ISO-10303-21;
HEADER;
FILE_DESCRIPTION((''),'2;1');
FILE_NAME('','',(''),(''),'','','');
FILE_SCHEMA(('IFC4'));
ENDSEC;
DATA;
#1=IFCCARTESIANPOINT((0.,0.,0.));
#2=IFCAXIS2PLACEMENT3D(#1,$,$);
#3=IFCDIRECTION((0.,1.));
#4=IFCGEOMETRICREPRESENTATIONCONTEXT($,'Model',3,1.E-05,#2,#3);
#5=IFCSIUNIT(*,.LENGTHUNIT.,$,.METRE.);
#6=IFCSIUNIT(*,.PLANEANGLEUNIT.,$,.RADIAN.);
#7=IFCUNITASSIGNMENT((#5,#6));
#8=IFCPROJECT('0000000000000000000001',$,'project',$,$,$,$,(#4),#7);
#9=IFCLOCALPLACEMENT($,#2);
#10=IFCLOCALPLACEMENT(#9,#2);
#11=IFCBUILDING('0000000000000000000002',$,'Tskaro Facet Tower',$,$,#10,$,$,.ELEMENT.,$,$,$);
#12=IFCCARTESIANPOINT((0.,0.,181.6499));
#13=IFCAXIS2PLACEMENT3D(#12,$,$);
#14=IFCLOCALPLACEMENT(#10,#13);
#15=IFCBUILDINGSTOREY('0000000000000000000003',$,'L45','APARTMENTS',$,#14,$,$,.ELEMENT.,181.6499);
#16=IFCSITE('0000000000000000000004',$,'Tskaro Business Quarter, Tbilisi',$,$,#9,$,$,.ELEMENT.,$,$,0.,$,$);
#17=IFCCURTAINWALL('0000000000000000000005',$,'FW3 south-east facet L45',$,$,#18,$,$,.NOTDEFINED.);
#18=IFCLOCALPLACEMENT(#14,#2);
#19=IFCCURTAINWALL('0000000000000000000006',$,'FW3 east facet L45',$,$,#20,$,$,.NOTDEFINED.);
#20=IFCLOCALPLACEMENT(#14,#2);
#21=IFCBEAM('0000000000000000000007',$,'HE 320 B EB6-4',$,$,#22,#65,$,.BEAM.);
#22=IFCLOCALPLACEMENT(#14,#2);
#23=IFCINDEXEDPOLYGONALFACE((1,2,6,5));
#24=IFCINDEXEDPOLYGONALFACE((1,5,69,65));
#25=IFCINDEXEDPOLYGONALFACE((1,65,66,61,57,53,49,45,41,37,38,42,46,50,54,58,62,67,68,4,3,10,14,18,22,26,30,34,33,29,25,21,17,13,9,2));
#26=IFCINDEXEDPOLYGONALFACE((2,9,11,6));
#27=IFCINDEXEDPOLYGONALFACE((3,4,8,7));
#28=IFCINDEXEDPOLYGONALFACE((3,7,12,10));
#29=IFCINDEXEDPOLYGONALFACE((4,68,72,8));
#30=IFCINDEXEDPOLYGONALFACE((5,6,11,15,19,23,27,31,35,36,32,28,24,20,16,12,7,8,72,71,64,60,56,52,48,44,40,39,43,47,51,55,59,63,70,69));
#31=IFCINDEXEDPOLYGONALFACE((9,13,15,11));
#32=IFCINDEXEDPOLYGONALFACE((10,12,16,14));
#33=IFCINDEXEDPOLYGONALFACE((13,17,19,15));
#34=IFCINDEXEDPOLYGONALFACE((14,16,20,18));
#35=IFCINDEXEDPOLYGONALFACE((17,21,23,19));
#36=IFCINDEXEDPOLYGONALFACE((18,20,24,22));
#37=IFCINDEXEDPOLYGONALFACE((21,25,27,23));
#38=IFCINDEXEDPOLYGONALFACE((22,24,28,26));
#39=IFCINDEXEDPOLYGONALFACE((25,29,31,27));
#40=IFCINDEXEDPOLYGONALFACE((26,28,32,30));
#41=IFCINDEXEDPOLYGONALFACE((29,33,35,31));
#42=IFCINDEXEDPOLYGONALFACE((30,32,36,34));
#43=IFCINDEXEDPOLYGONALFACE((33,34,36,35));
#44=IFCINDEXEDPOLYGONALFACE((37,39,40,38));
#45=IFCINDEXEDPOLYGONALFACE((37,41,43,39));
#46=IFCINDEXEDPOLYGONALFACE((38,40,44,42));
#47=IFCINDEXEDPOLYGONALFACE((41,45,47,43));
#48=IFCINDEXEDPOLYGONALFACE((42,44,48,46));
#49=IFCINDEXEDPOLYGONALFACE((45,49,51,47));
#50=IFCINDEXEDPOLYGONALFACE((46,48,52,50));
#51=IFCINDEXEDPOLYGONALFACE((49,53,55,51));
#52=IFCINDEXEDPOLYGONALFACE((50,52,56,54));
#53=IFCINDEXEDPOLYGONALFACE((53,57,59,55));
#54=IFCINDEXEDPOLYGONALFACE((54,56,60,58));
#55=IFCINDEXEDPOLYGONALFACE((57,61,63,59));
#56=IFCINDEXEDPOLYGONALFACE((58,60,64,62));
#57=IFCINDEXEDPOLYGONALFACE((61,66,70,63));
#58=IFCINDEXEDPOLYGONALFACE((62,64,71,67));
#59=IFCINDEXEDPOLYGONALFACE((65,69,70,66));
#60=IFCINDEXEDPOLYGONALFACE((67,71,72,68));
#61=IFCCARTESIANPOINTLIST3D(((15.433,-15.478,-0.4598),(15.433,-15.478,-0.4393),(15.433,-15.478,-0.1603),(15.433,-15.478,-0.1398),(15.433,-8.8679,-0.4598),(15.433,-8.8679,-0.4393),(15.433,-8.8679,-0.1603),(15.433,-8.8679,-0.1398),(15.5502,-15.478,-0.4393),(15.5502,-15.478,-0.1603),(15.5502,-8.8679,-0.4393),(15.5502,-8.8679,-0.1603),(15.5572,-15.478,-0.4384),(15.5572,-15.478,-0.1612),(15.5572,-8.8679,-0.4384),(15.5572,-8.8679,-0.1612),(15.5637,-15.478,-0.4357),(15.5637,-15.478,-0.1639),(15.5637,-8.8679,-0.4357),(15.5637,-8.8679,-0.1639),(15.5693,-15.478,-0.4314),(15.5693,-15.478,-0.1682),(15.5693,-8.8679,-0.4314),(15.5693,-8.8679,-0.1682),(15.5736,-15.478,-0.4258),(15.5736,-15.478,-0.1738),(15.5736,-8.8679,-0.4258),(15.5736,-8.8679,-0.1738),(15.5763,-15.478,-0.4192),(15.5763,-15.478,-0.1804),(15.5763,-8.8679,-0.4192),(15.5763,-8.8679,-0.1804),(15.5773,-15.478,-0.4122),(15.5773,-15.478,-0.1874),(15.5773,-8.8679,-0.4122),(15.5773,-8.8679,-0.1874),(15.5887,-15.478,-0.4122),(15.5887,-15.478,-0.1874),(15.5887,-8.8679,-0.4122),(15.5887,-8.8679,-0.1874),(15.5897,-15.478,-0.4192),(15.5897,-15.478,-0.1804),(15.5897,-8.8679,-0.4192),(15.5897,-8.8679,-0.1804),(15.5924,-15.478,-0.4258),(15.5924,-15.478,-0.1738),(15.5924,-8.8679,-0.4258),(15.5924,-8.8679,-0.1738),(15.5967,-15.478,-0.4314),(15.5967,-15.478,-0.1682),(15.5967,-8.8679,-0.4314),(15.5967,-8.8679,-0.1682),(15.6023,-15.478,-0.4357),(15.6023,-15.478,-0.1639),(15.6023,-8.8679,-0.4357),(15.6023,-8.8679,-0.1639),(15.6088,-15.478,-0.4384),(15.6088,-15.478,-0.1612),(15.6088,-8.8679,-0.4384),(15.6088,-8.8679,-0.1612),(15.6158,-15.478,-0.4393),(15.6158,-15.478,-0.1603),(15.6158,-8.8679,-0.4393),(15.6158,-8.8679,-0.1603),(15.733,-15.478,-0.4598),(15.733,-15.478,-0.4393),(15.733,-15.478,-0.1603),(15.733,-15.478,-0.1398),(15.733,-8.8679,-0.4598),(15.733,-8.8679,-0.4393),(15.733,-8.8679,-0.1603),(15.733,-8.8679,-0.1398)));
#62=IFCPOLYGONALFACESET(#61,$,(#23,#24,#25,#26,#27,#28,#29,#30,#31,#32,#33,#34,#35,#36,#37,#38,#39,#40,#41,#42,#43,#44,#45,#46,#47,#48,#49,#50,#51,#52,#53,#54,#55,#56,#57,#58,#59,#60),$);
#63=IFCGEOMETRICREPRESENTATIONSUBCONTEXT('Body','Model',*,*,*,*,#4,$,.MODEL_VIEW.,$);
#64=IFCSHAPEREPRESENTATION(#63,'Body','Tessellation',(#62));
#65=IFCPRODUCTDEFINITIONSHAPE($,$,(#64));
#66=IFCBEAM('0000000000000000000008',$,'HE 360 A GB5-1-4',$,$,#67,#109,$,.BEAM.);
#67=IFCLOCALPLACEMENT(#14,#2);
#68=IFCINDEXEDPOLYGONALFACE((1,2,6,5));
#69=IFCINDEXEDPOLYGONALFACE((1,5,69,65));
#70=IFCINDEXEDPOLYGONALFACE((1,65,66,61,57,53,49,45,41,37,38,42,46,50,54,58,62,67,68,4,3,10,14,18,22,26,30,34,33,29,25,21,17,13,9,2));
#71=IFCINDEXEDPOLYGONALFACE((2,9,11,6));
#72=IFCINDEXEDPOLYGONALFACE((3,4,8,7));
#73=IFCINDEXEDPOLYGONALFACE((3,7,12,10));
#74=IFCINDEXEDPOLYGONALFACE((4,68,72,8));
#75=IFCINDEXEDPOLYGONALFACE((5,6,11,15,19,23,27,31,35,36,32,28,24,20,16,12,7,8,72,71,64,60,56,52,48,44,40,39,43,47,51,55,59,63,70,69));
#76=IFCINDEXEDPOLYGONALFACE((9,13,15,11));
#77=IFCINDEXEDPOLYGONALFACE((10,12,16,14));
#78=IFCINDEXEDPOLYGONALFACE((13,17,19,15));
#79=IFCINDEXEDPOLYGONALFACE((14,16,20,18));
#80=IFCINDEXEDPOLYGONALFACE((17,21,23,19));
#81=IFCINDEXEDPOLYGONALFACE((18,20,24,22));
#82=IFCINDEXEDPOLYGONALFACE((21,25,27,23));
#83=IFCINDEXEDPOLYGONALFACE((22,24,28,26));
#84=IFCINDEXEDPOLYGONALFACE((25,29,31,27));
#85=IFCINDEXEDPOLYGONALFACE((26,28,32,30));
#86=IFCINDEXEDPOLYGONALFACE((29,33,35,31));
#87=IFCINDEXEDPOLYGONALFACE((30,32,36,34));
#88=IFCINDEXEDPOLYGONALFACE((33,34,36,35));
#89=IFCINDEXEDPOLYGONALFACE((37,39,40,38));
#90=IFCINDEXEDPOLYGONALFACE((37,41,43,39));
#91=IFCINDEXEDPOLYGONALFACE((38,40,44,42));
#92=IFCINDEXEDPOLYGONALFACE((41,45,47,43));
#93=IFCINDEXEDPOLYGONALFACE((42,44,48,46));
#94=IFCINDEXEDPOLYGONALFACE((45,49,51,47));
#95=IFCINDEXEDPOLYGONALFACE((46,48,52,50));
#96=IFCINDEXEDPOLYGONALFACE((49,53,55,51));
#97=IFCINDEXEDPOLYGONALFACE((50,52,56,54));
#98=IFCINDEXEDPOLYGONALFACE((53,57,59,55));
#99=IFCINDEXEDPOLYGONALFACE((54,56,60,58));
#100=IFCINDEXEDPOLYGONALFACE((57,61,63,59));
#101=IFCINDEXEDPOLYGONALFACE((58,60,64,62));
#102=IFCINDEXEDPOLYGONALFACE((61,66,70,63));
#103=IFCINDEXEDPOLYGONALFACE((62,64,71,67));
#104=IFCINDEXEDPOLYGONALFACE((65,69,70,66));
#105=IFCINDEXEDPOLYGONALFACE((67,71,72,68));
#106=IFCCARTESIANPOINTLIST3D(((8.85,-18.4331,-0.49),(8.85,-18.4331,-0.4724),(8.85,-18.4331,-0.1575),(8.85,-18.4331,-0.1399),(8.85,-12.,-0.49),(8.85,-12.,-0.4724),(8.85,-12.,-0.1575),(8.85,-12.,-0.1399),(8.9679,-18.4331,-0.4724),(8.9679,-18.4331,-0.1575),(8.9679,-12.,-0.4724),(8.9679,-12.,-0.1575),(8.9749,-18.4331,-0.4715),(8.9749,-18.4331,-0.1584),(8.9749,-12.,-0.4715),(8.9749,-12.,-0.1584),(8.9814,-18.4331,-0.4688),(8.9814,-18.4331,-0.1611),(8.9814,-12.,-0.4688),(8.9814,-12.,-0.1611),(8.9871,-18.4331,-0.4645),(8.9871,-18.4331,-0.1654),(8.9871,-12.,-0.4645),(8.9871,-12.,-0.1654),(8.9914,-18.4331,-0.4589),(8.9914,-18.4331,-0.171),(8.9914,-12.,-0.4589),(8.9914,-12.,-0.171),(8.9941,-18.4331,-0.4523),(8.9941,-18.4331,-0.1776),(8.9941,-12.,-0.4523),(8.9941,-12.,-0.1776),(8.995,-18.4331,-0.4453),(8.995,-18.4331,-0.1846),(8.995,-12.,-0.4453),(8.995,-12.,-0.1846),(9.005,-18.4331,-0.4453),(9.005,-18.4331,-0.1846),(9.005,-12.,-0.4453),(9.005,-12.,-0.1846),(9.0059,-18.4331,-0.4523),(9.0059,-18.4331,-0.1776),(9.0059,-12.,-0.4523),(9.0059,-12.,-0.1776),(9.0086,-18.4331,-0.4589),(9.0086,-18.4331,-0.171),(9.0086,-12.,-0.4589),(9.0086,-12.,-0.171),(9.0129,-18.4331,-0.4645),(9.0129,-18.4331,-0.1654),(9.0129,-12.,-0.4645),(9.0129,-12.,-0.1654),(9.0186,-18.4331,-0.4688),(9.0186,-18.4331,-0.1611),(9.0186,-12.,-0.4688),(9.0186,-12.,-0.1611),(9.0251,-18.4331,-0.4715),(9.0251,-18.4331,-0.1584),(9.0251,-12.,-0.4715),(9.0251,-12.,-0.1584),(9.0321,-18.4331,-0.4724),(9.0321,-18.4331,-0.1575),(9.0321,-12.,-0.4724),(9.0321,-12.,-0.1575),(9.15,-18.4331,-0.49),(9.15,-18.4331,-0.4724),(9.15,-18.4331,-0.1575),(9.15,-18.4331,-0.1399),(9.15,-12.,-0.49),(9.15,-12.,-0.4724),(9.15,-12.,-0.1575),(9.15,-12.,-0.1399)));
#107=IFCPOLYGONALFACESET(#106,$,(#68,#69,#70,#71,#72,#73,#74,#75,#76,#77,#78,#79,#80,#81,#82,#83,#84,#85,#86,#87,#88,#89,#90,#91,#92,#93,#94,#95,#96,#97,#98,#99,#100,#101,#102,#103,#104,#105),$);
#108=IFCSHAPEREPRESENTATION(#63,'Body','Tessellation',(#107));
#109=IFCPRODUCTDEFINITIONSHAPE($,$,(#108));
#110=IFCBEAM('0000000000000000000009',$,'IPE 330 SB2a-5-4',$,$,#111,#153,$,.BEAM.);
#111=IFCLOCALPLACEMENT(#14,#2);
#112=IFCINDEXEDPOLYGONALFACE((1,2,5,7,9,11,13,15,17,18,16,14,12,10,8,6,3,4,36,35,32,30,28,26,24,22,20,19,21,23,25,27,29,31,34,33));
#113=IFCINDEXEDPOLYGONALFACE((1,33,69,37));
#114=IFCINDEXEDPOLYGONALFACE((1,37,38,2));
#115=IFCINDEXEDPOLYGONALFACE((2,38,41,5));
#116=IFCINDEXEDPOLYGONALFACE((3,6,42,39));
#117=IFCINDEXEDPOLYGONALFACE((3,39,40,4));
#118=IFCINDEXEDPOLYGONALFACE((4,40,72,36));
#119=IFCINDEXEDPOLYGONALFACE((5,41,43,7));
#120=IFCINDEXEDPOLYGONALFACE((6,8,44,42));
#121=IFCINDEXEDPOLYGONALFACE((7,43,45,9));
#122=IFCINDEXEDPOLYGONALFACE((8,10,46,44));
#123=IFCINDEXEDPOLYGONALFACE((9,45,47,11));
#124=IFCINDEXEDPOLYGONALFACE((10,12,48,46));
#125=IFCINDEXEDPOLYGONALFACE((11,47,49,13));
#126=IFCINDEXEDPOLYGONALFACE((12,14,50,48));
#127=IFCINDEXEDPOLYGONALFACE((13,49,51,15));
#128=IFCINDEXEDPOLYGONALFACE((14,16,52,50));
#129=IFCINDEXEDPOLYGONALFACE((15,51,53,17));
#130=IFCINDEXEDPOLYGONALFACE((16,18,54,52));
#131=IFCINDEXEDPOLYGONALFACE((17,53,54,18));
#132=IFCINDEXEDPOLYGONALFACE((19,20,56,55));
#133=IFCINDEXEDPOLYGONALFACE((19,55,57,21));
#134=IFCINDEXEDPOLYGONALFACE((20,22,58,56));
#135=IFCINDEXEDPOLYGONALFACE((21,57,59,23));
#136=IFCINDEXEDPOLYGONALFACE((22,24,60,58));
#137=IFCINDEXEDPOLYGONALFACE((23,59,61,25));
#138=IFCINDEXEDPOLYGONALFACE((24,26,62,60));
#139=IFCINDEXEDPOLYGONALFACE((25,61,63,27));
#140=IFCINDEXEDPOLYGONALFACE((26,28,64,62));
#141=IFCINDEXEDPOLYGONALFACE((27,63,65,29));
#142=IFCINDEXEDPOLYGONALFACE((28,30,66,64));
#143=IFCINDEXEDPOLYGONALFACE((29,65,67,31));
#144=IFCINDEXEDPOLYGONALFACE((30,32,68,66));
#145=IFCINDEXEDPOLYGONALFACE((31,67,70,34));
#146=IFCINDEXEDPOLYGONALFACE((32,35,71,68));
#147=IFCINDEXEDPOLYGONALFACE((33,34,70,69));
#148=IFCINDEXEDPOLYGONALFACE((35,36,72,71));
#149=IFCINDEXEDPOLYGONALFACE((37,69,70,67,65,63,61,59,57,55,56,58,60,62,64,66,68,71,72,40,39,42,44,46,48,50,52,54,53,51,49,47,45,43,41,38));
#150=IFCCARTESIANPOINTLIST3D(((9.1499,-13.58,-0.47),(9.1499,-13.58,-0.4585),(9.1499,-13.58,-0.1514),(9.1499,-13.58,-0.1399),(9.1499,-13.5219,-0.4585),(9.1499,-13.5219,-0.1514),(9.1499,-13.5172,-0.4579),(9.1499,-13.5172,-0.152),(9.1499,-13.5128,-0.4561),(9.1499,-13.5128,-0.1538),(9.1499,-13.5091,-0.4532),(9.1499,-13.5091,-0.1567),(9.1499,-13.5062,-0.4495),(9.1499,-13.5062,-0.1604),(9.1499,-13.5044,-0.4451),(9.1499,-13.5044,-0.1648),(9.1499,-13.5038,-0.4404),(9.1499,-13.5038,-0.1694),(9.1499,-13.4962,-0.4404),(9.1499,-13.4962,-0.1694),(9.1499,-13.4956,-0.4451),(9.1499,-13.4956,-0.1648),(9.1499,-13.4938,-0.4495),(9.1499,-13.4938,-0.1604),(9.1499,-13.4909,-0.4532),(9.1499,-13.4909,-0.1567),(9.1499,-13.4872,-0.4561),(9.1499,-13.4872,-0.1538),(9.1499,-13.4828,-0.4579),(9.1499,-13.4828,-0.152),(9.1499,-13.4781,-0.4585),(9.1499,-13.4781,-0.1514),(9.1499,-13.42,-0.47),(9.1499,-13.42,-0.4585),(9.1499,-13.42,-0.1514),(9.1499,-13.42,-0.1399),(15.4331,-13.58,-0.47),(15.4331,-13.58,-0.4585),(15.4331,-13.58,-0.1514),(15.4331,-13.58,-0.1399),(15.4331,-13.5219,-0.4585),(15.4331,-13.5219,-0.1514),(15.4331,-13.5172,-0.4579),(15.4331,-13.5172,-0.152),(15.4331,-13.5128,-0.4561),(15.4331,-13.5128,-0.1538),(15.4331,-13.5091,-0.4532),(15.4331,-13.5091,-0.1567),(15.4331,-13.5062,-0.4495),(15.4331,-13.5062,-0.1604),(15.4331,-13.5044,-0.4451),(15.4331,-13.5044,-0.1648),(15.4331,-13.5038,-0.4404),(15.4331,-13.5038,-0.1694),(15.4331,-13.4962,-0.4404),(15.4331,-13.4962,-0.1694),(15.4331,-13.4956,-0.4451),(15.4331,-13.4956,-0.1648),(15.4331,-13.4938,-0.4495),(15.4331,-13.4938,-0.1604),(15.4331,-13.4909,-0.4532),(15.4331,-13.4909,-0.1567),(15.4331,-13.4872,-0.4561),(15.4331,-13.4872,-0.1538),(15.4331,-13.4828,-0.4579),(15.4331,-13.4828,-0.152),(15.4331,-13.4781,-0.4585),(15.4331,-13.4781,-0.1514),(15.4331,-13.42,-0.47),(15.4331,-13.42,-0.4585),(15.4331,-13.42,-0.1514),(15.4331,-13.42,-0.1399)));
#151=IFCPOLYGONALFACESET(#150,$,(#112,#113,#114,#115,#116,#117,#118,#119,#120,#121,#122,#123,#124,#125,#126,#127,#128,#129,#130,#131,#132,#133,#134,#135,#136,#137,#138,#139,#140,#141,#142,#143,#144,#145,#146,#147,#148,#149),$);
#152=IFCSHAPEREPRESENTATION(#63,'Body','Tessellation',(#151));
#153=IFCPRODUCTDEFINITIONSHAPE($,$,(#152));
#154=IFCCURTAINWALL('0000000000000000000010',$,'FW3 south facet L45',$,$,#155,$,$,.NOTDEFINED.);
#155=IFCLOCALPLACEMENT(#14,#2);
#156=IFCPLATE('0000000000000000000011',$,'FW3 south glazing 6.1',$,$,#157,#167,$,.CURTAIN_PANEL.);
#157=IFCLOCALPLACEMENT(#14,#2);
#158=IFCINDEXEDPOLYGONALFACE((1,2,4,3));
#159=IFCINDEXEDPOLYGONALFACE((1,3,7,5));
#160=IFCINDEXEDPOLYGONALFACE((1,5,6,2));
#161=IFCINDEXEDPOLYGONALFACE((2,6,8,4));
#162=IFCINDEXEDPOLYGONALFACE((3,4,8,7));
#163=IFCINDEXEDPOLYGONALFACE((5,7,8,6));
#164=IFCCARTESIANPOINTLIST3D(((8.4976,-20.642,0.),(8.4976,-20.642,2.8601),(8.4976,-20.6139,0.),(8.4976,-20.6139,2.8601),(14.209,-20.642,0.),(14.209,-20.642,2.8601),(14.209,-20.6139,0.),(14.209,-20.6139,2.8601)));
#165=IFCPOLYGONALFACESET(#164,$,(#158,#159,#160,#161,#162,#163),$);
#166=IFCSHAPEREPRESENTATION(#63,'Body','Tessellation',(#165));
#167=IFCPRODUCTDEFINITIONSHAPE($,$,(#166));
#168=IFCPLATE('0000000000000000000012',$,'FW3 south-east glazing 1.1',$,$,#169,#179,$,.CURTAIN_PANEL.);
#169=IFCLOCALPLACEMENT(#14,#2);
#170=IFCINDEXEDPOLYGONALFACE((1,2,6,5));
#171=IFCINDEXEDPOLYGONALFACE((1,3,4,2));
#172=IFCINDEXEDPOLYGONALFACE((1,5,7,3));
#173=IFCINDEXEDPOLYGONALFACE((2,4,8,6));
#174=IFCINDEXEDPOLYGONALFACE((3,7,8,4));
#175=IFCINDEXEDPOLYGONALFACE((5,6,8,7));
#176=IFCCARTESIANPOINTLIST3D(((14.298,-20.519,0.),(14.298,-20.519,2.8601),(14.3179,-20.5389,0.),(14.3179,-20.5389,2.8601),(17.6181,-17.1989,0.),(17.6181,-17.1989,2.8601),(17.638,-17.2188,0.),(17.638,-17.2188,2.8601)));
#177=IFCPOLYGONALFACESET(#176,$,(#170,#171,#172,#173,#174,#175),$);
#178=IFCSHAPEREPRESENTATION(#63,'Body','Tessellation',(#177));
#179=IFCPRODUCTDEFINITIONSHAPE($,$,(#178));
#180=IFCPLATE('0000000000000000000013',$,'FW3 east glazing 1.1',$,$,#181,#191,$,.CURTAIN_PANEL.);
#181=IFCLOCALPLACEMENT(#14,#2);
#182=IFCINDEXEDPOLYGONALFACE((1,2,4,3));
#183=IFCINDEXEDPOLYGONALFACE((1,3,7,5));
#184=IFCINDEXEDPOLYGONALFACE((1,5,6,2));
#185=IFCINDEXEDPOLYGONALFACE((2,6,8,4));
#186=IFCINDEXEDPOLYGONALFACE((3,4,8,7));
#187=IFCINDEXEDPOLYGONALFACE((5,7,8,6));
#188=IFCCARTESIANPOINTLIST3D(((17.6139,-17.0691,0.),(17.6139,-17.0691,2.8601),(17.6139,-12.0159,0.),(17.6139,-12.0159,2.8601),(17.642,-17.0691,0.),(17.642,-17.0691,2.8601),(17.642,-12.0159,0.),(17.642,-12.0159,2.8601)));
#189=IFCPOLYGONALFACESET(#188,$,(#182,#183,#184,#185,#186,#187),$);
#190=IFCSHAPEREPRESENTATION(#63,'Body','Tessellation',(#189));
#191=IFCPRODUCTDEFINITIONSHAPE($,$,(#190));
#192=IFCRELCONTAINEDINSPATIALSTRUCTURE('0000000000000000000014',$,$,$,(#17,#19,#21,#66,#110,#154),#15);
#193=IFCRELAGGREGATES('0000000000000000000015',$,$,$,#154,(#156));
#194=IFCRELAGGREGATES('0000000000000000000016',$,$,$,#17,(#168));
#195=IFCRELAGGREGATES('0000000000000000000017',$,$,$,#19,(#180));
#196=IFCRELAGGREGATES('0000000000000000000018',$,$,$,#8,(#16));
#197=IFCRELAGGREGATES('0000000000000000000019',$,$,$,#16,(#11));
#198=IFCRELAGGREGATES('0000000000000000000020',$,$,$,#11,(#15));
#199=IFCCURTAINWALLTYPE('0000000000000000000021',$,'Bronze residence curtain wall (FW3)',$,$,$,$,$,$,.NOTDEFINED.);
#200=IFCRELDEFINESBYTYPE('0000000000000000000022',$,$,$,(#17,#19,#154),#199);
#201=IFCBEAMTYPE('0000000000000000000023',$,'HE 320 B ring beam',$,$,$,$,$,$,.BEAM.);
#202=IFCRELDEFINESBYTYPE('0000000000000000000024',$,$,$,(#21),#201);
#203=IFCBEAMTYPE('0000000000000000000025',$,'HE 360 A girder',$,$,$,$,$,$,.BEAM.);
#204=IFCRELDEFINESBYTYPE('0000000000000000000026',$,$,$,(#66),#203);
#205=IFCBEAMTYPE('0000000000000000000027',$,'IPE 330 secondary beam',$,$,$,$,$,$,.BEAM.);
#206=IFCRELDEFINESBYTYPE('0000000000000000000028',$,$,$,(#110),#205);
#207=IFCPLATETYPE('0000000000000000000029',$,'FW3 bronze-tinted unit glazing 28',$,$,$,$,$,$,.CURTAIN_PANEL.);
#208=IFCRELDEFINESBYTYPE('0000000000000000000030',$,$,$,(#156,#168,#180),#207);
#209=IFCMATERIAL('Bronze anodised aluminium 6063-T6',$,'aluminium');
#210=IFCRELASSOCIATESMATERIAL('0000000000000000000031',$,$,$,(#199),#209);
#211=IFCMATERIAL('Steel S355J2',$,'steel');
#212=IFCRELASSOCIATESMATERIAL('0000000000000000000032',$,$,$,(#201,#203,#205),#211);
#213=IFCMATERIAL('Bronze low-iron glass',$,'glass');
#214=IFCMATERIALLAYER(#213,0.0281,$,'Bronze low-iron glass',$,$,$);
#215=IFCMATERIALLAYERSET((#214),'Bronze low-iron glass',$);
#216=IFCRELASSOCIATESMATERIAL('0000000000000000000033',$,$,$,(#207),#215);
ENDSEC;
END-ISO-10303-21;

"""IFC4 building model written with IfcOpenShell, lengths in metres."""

from ifc_helpers import new_model, si_unit, direction, frame, origin, origin_2d, place, context, subcontext, project, spatial, rectangle, i_section, extrude, material, layer, layer_set, material_profile, profile_set, type_object, element, aggregate, save


model = new_model("IFC4")

# Units and contexts
model_context = context("Model", 3, precision=1e-05, world=origin(), true_north=direction((0.0, 1.0)))
body_context = subcontext(model_context, "Body", "Model", "MODEL_VIEW")
ifc_project = project(units=[si_unit("LENGTHUNIT", "METRE"), si_unit("PLANEANGLEUNIT", "RADIAN")], contexts=[model_context])

# Site, building, storey
site_placement = place(None, origin())
site = spatial("IfcSite", under=ifc_project, at=site_placement, Name="Tskaro Business Quarter, Tbilisi", CompositionType="ELEMENT", RefElevation=0.0)
building_placement = place(site_placement, origin())
building = spatial("IfcBuilding", under=site, at=building_placement, Name="Tskaro Facet Tower", CompositionType="ELEMENT")
storey_placement = place(building_placement, frame((0.0, 0.0, 181.6499)))
storey = spatial("IfcBuildingStorey", under=building, at=storey_placement, Name="L45", Description="APARTMENTS", CompositionType="ELEMENT", Elevation=181.6499)

# Curtain walls
ifc_material_1 = material(Name="Bronze anodised aluminium 6063-T6", Category="aluminium")
curtain_wall_type = type_object("IfcCurtainWallType", Name="Bronze residence curtain wall (FW3)", PredefinedType="NOTDEFINED", material=ifc_material_1)
curtain_wall_1_placement = place(storey_placement, origin())
curtain_wall_1 = element("IfcCurtainWall", 1, at=curtain_wall_1_placement, inside=storey, type_object=curtain_wall_type, Name="FW3 south-east facet L45", PredefinedType="NOTDEFINED")
curtain_wall_2_placement = place(storey_placement, origin())
curtain_wall_2 = element("IfcCurtainWall", 2, at=curtain_wall_2_placement, inside=storey, type_object=curtain_wall_type, Name="FW3 east facet L45", PredefinedType="NOTDEFINED")

# Beams
ifc_material_2 = material(Name="Steel S355J2", Category="steel")
ifc_material_profile_1 = material_profile(ifc_material_2, i_section(OverallWidth=0.3, OverallDepth=0.3201, WebThickness=0.0115, FlangeThickness=0.0205, FilletRadius=0.0271, at=origin_2d()), Name="HE 320 B")
ifc_profile_set_1 = profile_set([ifc_material_profile_1], Name="Steel S355J2")
beam_type_1 = type_object("IfcBeamType", Name="HE 320 B ring beam", PredefinedType="BEAM", material=ifc_profile_set_1)
beam_1_placement = place(storey_placement, frame((15.583, -15.478, -0.2998), z_axis=(0.0, 1.0, 0.0), x_axis=(-1.0, 0.0, 0.0)))
element("IfcBeam", 3, at=beam_1_placement, inside=storey, type_object=beam_type_1, Name="HE 320 B EB6-4", PredefinedType="BEAM", context=body_context, shape_type="SweptSolid", body=[
    extrude(i_section(OverallWidth=0.3, OverallDepth=0.3201, WebThickness=0.0115, FlangeThickness=0.0205, FilletRadius=0.0271, at=origin_2d()), origin(), (0.0, 0.0, 1.0), 6.6101),
])
ifc_material_profile_2 = material_profile(ifc_material_2, i_section(OverallWidth=0.3, OverallDepth=0.3501, WebThickness=0.01, FlangeThickness=0.0176, FilletRadius=0.0271, at=origin_2d()), Name="HE 360 A")
ifc_profile_set_2 = profile_set([ifc_material_profile_2], Name="Steel S355J2")
beam_type_2 = type_object("IfcBeamType", Name="HE 360 A girder", PredefinedType="BEAM", material=ifc_profile_set_2)
beam_2_placement = place(storey_placement, frame((9.0, -18.4331, -0.3149), z_axis=(0.0, 1.0, 0.0), x_axis=(-1.0, 0.0, 0.0)))
element("IfcBeam", 4, at=beam_2_placement, inside=storey, type_object=beam_type_2, Name="HE 360 A GB5-1-4", PredefinedType="BEAM", context=body_context, shape_type="SweptSolid", body=[
    extrude(i_section(OverallWidth=0.3, OverallDepth=0.3501, WebThickness=0.01, FlangeThickness=0.0176, FilletRadius=0.0271, at=origin_2d()), origin(), (0.0, 0.0, 1.0), 6.4331),
])
ifc_material_profile_3 = material_profile(ifc_material_2, i_section(OverallWidth=0.1599, OverallDepth=0.3301, WebThickness=0.0076, FlangeThickness=0.0115, FilletRadius=0.0181, at=origin_2d()), Name="IPE 330")
ifc_profile_set_3 = profile_set([ifc_material_profile_3], Name="Steel S355J2")
beam_type_3 = type_object("IfcBeamType", Name="IPE 330 secondary beam", PredefinedType="BEAM", material=ifc_profile_set_3)
beam_3_placement = place(storey_placement, frame((9.1499, -13.5, -0.3049), z_axis=(1.0, 0.0, 0.0), x_axis=(0.0, 1.0, 0.0)))
element("IfcBeam", 5, at=beam_3_placement, inside=storey, type_object=beam_type_3, Name="IPE 330 SB2a-5-4", PredefinedType="BEAM", context=body_context, shape_type="SweptSolid", body=[
    extrude(i_section(OverallWidth=0.1599, OverallDepth=0.3301, WebThickness=0.0076, FlangeThickness=0.0115, FilletRadius=0.0181, at=origin_2d()), origin(), (0.0, 0.0, 1.0), 6.2832),
])

# Curtain wall, plate
curtain_wall_3_placement = place(storey_placement, origin())
curtain_wall_3 = element("IfcCurtainWall", 6, at=curtain_wall_3_placement, inside=storey, type_object=curtain_wall_type, Name="FW3 south facet L45", PredefinedType="NOTDEFINED")
ifc_material_3 = material(Name="Bronze low-iron glass", Category="glass")
ifc_layer_1 = layer(ifc_material_3, 0.0281, Name="Bronze low-iron glass")
ifc_layer_set_1 = layer_set([ifc_layer_1], Name="Bronze low-iron glass")
plate_type = type_object("IfcPlateType", Name="FW3 bronze-tinted unit glazing 28", PredefinedType="CURTAIN_PANEL", material=ifc_layer_set_1)
plate_1_placement = place(storey_placement, frame((11.3533, -20.6279, 0.0), z_axis=(0.0, 0.0, 1.0), x_axis=(1.0, 0.0, 0.0)))
plate_1 = element("IfcPlate", 7, at=plate_1_placement, type_object=plate_type, Name="FW3 south glazing 6.1", PredefinedType="CURTAIN_PANEL", context=body_context, shape_type="SweptSolid", body=[
    extrude(rectangle(XDim=5.7114, YDim=0.0281, at=origin_2d()), origin(), (0.0, 0.0, 1.0), 2.8601),
])
aggregate(curtain_wall_3, [plate_1])

# Plates
plate_2_placement = place(storey_placement, frame((15.968, -18.8689, 0.0), z_axis=(0.0, 0.0, 1.0), x_axis=(0.707107, 0.707107, 0.0)))
plate_2 = element("IfcPlate", 8, at=plate_2_placement, type_object=plate_type, Name="FW3 south-east glazing 1.1", PredefinedType="CURTAIN_PANEL", context=body_context, shape_type="SweptSolid", body=[
    extrude(rectangle(XDim=4.6953, YDim=0.0281, at=origin_2d()), origin(), (0.0, 0.0, 1.0), 2.8601),
])
aggregate(curtain_wall_1, [plate_2])
plate_3_placement = place(storey_placement, frame((17.6279, -14.5425, 0.0), z_axis=(0.0, 0.0, 1.0), x_axis=(0.0, 1.0, 0.0)))
plate_3 = element("IfcPlate", 9, at=plate_3_placement, type_object=plate_type, Name="FW3 east glazing 1.1", PredefinedType="CURTAIN_PANEL", context=body_context, shape_type="SweptSolid", body=[
    extrude(rectangle(XDim=5.0532, YDim=0.0281, at=origin_2d()), origin(), (0.0, 0.0, 1.0), 2.8601),
])
aggregate(curtain_wall_2, [plate_3])

save(model, "model.ifc")
